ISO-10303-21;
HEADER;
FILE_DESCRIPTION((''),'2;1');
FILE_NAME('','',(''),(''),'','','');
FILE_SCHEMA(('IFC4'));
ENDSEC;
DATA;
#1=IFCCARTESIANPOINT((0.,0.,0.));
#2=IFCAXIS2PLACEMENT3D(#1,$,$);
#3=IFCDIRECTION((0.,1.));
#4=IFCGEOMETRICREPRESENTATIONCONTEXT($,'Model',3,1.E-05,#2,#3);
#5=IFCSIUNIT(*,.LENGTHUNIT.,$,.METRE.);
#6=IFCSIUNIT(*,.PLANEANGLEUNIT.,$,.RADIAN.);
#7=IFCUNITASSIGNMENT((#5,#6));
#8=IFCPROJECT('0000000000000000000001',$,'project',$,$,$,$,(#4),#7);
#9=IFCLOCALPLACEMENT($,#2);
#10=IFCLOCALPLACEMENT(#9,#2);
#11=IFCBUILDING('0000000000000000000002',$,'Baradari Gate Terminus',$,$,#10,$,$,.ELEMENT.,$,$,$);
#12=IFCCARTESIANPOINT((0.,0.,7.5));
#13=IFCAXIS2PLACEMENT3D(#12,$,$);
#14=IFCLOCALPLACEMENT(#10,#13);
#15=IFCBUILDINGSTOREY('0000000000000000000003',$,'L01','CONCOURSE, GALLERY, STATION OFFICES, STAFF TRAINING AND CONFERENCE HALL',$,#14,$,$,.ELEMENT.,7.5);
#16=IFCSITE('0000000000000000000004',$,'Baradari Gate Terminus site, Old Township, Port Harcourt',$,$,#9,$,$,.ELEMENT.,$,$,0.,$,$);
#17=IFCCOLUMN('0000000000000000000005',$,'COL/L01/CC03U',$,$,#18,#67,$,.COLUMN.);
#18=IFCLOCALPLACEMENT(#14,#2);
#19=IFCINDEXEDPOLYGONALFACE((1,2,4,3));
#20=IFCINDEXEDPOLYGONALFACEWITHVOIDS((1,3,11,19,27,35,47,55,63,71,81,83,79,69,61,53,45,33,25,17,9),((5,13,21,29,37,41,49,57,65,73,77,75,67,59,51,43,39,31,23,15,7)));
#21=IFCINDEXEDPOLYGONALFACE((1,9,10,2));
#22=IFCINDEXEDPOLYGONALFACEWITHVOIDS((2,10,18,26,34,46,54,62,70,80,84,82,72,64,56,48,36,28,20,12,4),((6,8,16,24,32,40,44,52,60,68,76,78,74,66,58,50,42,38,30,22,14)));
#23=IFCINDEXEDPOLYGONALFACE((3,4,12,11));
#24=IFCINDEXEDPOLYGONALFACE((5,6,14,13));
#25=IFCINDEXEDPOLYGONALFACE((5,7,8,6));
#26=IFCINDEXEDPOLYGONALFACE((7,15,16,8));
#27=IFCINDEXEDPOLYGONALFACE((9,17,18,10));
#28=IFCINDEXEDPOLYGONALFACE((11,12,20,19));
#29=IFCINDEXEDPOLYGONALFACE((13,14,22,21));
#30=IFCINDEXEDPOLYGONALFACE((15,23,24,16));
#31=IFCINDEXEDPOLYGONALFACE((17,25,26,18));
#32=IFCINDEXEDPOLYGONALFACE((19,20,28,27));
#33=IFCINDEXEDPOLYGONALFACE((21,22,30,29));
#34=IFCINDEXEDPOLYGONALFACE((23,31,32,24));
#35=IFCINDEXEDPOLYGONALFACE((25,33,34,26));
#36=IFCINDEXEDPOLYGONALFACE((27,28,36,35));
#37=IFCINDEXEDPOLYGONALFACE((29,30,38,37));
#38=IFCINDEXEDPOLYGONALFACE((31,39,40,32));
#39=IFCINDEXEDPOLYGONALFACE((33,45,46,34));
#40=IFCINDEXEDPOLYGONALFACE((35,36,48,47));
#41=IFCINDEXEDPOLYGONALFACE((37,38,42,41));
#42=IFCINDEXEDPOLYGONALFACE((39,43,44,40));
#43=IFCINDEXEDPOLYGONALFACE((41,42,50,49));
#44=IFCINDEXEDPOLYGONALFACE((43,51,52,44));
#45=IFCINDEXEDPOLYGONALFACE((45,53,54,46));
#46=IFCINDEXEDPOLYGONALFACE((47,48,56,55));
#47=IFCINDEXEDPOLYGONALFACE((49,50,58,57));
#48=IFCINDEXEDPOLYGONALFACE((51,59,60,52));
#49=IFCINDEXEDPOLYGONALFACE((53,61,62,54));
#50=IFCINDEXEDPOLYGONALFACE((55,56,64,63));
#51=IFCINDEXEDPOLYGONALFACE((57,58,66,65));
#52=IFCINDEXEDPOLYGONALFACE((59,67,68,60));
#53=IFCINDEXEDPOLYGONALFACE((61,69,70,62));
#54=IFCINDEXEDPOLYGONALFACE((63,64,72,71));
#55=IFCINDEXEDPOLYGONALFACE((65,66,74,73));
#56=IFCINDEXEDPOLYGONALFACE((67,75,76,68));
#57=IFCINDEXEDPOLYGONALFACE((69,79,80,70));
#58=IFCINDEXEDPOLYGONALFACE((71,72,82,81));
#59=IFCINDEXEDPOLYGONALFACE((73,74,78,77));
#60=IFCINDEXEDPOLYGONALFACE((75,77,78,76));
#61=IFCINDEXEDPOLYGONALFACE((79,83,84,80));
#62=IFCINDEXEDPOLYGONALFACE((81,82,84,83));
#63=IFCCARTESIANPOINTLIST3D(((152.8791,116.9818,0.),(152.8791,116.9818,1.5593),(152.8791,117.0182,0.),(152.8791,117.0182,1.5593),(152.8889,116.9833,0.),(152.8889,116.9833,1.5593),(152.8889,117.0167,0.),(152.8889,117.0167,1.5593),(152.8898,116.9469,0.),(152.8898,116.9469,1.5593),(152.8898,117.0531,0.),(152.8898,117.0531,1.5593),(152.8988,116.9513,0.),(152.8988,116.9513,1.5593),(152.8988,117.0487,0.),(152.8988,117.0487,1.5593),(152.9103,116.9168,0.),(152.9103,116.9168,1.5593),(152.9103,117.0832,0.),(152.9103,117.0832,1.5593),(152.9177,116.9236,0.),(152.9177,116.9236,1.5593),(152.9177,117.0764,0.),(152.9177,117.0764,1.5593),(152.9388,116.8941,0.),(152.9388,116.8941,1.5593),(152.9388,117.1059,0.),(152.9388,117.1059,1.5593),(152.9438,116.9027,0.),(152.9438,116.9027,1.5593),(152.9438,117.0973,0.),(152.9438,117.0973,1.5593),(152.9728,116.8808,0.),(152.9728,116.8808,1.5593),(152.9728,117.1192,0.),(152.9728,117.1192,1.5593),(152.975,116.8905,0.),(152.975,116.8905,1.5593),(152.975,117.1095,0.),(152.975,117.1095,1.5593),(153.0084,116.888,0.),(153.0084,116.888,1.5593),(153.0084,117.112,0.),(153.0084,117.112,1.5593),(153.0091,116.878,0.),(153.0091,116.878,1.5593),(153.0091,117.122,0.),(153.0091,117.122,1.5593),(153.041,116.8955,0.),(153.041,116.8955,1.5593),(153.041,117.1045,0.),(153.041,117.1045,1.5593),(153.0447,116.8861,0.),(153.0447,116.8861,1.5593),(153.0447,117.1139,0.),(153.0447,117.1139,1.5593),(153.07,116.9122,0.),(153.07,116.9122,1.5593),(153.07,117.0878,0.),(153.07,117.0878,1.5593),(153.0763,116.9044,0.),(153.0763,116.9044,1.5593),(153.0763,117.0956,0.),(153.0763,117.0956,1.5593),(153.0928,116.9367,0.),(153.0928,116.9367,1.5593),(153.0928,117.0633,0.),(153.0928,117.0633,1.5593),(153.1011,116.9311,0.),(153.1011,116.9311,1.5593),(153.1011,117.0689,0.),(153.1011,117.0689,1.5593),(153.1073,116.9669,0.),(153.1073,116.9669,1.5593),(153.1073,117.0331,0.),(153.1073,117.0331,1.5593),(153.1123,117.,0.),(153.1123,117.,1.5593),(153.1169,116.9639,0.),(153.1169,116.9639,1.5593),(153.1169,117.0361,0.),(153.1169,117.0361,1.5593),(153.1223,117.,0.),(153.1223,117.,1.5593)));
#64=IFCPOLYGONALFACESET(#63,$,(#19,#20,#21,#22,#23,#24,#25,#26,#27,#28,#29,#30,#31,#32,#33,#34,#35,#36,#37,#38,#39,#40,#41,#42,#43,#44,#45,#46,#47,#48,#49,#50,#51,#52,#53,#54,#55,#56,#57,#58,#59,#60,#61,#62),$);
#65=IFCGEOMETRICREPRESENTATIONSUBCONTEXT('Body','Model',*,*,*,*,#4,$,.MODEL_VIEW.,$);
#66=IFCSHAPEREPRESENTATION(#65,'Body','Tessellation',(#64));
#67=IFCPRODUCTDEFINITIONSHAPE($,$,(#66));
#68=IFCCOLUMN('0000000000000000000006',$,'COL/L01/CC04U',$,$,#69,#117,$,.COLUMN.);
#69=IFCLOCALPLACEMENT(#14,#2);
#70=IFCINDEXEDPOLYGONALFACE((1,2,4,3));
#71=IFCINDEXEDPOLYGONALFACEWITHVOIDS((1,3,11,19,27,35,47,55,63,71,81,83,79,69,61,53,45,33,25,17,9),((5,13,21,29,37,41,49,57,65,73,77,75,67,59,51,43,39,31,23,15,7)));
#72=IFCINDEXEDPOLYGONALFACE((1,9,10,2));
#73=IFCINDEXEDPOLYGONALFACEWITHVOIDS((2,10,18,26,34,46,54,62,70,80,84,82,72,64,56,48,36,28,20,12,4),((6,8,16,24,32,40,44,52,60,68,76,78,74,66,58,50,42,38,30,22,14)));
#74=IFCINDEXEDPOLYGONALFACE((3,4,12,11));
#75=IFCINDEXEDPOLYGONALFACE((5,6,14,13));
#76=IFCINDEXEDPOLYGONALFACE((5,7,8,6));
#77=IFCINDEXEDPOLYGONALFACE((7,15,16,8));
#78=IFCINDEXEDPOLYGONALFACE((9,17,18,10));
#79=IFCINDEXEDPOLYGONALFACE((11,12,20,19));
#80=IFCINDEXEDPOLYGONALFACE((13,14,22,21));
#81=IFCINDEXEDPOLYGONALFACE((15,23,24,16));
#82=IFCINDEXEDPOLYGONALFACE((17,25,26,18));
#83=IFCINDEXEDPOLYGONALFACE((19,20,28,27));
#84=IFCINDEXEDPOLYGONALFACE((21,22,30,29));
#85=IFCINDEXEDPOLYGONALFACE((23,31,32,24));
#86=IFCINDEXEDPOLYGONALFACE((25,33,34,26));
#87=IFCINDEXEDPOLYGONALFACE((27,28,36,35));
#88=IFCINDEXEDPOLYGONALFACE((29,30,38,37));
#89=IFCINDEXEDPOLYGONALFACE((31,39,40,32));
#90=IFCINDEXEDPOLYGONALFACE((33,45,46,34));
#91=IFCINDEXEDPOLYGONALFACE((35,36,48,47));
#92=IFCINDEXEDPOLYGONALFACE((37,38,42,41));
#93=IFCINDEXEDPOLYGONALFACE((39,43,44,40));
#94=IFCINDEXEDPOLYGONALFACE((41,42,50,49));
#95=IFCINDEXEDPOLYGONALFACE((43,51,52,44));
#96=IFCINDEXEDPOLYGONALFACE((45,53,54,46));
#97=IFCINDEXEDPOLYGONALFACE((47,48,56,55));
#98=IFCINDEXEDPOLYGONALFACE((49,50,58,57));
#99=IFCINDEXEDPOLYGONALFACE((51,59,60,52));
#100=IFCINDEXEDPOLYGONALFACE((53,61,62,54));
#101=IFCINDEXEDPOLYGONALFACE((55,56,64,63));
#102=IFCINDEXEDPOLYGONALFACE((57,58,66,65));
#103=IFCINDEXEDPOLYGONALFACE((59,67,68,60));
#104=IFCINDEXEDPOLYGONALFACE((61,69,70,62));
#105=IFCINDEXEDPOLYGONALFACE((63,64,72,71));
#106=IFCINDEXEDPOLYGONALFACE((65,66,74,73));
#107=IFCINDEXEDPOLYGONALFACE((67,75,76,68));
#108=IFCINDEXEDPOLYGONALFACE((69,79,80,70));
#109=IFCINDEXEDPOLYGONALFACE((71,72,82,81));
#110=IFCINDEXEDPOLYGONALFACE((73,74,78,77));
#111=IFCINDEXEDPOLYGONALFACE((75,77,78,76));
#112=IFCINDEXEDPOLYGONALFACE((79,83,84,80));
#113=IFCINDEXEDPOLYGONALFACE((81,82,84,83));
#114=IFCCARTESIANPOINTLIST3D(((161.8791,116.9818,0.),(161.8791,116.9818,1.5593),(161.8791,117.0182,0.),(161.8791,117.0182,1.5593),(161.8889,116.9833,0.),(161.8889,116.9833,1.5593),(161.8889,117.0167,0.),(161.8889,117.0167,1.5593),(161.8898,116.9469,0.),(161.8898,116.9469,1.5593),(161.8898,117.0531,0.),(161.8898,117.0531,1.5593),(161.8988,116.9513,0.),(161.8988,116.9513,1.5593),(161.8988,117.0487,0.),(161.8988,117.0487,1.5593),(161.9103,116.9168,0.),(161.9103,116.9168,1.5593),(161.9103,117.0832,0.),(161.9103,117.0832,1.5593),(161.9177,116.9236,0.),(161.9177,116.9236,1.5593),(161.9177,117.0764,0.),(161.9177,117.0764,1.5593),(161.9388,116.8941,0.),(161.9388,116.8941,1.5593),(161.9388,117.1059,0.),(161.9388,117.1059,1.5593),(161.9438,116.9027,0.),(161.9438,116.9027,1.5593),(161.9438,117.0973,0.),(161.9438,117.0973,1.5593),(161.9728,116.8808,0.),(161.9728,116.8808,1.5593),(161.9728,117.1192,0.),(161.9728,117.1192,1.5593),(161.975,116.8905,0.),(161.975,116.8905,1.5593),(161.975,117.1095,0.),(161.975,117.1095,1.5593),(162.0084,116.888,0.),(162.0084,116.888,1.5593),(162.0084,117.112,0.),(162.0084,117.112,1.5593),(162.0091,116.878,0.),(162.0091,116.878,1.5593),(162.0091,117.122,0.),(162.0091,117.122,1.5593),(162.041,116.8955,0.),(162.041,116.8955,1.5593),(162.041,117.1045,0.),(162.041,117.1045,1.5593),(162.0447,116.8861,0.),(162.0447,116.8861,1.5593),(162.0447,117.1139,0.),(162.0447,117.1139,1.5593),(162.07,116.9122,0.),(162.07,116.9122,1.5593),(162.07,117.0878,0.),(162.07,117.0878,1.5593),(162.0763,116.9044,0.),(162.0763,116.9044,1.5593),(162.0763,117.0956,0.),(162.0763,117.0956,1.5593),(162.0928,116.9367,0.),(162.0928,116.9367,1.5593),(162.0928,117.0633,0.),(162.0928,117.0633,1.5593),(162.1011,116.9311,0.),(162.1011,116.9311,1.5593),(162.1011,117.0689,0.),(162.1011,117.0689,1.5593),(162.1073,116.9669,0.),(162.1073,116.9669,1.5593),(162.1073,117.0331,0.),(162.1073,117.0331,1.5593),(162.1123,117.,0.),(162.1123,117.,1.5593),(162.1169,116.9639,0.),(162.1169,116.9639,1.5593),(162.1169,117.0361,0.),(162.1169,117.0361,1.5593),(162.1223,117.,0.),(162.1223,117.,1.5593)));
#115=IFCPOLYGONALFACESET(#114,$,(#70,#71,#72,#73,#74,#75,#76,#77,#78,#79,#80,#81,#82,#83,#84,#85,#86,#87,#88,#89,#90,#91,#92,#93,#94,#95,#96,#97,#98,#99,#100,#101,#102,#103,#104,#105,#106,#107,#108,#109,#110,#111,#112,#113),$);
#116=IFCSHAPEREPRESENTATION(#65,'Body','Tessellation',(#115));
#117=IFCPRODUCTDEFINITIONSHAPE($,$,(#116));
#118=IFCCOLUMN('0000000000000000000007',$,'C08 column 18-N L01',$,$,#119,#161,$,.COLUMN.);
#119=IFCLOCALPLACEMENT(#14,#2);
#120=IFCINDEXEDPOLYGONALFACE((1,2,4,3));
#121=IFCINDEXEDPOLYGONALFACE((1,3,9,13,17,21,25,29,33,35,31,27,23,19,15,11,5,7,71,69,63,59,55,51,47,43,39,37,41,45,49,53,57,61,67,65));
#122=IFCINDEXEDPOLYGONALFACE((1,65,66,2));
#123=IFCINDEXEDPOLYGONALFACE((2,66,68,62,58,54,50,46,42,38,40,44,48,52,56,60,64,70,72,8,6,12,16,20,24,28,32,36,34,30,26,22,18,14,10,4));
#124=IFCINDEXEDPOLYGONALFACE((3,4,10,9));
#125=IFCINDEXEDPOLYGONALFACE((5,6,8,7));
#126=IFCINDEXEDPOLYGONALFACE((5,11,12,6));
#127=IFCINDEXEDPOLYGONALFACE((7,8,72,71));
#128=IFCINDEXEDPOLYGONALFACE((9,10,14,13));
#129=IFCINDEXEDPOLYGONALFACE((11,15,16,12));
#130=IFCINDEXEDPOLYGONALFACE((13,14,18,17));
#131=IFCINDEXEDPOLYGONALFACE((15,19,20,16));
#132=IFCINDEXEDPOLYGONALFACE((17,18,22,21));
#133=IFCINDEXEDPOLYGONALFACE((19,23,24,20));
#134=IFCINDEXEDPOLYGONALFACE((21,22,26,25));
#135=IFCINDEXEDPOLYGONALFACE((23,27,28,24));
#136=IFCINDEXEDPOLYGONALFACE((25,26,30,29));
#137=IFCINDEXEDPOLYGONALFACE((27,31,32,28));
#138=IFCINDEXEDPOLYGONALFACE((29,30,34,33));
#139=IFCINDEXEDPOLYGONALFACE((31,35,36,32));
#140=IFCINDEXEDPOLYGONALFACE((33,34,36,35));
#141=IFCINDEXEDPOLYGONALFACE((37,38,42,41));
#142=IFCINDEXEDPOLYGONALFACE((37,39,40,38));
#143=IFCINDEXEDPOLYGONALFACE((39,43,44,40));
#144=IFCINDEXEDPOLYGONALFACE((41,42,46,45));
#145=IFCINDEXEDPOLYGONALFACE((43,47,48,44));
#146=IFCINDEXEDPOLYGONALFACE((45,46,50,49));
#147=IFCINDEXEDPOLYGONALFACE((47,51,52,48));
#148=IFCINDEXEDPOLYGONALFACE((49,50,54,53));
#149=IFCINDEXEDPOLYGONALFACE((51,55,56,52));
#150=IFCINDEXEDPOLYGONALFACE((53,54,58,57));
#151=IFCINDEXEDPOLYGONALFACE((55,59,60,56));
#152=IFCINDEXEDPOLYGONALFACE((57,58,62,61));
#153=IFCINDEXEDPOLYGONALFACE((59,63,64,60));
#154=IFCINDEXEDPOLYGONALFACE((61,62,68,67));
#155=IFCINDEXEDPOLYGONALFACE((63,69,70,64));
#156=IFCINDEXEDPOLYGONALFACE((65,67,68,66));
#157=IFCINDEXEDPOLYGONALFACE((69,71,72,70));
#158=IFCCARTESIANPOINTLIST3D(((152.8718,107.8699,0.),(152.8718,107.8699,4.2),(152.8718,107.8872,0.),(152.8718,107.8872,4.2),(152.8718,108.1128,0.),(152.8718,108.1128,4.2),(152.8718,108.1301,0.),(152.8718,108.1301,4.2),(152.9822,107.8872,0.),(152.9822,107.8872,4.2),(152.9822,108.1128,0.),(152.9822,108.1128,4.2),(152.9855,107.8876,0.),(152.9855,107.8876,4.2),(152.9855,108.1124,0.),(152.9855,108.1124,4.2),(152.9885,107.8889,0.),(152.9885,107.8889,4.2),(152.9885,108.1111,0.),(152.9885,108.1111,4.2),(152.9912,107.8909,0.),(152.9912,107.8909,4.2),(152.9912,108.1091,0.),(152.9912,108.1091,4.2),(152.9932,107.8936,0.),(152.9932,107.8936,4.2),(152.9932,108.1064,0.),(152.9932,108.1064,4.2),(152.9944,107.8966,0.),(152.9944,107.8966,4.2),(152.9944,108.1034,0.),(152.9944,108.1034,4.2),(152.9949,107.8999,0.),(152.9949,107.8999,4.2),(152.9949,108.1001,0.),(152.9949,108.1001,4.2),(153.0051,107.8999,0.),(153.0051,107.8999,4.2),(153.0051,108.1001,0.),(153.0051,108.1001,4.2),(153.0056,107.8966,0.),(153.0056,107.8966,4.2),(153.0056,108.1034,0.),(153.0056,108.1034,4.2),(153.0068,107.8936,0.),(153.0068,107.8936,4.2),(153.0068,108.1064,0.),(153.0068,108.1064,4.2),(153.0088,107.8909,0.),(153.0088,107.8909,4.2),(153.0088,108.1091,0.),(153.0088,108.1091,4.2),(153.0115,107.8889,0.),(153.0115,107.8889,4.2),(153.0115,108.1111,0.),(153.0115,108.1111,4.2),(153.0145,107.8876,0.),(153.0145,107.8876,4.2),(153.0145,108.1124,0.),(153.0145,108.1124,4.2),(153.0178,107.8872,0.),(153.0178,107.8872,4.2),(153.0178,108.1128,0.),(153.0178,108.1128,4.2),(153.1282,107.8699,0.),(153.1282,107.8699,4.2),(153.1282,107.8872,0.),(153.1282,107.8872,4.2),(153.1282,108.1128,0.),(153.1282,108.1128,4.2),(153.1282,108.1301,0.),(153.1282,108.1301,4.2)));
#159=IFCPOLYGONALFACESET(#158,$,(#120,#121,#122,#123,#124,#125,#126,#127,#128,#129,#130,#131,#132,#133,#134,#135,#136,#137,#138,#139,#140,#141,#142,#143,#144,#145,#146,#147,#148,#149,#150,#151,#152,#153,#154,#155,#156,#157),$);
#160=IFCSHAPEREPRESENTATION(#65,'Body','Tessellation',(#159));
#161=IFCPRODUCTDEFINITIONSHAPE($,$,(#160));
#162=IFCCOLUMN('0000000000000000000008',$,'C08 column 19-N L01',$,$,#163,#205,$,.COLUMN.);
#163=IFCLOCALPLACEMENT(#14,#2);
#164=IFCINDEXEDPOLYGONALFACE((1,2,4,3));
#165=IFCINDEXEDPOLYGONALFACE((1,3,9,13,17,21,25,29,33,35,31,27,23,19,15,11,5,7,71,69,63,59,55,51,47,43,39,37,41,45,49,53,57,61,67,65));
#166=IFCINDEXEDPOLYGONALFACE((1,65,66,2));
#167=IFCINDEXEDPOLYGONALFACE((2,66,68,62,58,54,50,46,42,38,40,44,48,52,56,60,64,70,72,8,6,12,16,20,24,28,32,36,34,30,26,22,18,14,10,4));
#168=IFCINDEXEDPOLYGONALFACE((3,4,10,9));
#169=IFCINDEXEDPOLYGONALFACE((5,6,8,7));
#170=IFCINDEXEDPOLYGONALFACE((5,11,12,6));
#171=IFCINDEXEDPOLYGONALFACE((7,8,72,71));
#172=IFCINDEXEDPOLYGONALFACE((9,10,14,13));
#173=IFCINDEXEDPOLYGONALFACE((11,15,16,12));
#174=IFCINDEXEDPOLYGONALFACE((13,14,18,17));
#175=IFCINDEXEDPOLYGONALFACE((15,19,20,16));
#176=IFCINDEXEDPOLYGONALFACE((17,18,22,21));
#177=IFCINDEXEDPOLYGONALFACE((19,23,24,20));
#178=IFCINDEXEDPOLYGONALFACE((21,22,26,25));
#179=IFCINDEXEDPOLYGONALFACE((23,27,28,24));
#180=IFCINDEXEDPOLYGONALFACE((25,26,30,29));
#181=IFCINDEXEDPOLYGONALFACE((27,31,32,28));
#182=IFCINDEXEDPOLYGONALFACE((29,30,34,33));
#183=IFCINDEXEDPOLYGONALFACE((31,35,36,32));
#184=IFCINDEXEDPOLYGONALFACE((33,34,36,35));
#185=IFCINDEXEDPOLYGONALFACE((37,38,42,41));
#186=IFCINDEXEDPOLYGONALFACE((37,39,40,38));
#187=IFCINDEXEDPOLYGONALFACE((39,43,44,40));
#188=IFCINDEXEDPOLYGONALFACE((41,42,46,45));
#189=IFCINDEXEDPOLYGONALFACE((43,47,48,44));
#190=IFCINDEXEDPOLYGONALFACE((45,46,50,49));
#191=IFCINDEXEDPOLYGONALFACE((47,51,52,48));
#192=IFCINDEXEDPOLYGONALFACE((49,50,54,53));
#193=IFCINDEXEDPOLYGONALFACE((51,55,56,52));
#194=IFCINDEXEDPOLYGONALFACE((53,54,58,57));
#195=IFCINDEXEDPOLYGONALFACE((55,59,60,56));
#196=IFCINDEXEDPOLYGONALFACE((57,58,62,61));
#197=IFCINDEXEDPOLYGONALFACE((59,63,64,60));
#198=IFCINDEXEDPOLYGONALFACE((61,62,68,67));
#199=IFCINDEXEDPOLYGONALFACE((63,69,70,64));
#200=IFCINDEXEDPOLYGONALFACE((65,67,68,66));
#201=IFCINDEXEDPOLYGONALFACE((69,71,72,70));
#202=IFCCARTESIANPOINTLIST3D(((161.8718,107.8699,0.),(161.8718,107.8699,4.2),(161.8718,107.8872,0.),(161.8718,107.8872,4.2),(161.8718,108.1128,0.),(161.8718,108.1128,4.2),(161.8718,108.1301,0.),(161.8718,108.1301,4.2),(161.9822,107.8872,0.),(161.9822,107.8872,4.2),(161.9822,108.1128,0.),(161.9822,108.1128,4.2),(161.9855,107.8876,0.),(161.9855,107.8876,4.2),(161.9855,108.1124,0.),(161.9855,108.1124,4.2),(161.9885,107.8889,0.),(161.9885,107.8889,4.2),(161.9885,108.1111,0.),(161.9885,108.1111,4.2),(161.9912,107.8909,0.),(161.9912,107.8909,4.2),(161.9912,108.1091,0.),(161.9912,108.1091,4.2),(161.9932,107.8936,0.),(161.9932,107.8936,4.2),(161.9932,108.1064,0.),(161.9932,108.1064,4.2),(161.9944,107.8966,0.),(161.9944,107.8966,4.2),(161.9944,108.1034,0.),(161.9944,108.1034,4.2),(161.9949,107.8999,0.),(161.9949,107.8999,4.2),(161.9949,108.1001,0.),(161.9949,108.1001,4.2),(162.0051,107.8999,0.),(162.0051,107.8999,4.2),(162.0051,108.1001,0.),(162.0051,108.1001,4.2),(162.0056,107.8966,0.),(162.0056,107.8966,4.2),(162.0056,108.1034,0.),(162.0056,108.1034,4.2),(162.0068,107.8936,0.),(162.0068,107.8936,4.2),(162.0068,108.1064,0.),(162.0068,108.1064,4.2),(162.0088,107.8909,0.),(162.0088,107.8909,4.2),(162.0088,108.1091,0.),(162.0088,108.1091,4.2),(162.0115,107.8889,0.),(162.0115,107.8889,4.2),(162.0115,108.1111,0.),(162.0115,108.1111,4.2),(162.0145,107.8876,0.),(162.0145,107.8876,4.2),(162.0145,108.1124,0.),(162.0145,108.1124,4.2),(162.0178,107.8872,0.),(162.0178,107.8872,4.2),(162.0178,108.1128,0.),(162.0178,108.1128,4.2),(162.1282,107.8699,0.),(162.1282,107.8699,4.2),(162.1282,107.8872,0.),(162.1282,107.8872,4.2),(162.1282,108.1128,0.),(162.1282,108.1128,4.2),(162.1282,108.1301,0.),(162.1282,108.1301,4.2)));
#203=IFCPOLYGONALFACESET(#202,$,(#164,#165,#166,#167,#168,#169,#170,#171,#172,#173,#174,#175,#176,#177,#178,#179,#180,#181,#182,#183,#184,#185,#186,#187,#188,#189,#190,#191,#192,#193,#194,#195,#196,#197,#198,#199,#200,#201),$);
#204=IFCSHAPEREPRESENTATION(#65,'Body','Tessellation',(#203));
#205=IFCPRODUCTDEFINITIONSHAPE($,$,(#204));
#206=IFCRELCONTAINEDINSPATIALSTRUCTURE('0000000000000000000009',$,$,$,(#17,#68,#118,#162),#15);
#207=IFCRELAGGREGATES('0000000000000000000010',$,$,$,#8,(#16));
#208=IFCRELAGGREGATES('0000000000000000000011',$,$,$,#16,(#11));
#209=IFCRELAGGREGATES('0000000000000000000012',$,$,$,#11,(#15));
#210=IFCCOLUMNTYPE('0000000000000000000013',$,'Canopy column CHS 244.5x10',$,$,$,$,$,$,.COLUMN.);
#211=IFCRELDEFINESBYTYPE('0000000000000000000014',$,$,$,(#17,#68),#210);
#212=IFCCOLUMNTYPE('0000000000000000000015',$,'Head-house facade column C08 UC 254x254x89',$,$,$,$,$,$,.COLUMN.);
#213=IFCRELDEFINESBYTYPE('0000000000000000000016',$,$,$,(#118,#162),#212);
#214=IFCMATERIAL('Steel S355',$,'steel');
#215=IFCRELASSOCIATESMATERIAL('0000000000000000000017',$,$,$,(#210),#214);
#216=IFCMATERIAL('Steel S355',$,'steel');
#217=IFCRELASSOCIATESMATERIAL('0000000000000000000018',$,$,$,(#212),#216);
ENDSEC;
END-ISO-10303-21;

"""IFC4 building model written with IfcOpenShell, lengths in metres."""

from ifc_helpers import new_model, si_unit, direction, frame, origin, origin_2d, place, context, subcontext, project, spatial, hollow_circle, i_section, extrude, material, material_profile, profile_set, type_object, element, save


model = new_model("IFC4")

# Units and contexts
model_context = context("Model", 3, precision=1e-05, world=origin(), true_north=direction((0.0, 1.0)))
body_context = subcontext(model_context, "Body", "Model", "MODEL_VIEW")
ifc_project = project(units=[si_unit("LENGTHUNIT", "METRE"), si_unit("PLANEANGLEUNIT", "RADIAN")], contexts=[model_context])

# Site, building, storey
site_placement = place(None, origin())
site = spatial("IfcSite", under=ifc_project, at=site_placement, Name="Baradari Gate Terminus site, Old Township, Port Harcourt", CompositionType="ELEMENT", RefElevation=0.0)
building_placement = place(site_placement, origin())
building = spatial("IfcBuilding", under=site, at=building_placement, Name="Baradari Gate Terminus", CompositionType="ELEMENT")
storey_placement = place(building_placement, frame((0.0, 0.0, 7.5)))
storey = spatial("IfcBuildingStorey", under=building, at=storey_placement, Name="L01", Description="CONCOURSE, GALLERY, STATION OFFICES, STAFF TRAINING AND CONFERENCE HALL", CompositionType="ELEMENT", Elevation=7.5)

# Columns
ifc_material_1 = material(Name="Steel S355", Category="steel")
ifc_material_profile_1 = material_profile(ifc_material_1, hollow_circle(Radius=0.1223, WallThickness=0.01, at=origin_2d()), Name="CHS 244.5x10")
ifc_profile_set_1 = profile_set([ifc_material_profile_1], Name="Steel S355")
column_type_1 = type_object("IfcColumnType", Name="Canopy column CHS 244.5x10", PredefinedType="COLUMN", material=ifc_profile_set_1)
for number, where, z_axis, x_axis, name in (
    (1, (153.0, 117.0, 0.0), (0.0, 0.0, 1.0), (1.0, 0.0, 0.0), "COL/L01/CC03U"),
    (2, (162.0, 117.0, 0.0), (0.0, 0.0, 1.0), (1.0, 0.0, 0.0), "COL/L01/CC04U"),
):
    element("IfcColumn", number, at=place(storey_placement, frame(where, z_axis=z_axis, x_axis=x_axis)), inside=storey, type_object=column_type_1, Name=name, PredefinedType="COLUMN", context=body_context, shape_type="SweptSolid", body=[
        extrude(hollow_circle(Radius=0.1223, WallThickness=0.01, at=origin_2d()), origin(), (0.0, 0.0, 1.0), 1.5593),
    ])
ifc_material_2 = material(Name="Steel S355", Category="steel")
ifc_material_profile_2 = material_profile(ifc_material_2, i_section(OverallWidth=0.2563, OverallDepth=0.2603, WebThickness=0.0103, FlangeThickness=0.0173, FilletRadius=0.0127, at=origin_2d()), Name="UC 254x254x89")
ifc_profile_set_2 = profile_set([ifc_material_profile_2], Name="Steel S355")
column_type_2 = type_object("IfcColumnType", Name="Head-house facade column C08 UC 254x254x89", PredefinedType="COLUMN", material=ifc_profile_set_2)
for number, where, z_axis, x_axis, name in (
    (3, (153.0, 108.0, 0.0), (0.0, 0.0, 1.0), (1.0, 0.0, 0.0), "C08 column 18-N L01"),
    (4, (162.0, 108.0, 0.0), (0.0, 0.0, 1.0), (1.0, 0.0, 0.0), "C08 column 19-N L01"),
):
    element("IfcColumn", number, at=place(storey_placement, frame(where, z_axis=z_axis, x_axis=x_axis)), inside=storey, type_object=column_type_2, Name=name, PredefinedType="COLUMN", context=body_context, shape_type="SweptSolid", body=[
        extrude(i_section(OverallWidth=0.2563, OverallDepth=0.2603, WebThickness=0.0103, FlangeThickness=0.0173, FilletRadius=0.0127, at=origin_2d()), origin(), (0.0, 0.0, 1.0), 4.2),
    ])

save(model, "model.ifc")
